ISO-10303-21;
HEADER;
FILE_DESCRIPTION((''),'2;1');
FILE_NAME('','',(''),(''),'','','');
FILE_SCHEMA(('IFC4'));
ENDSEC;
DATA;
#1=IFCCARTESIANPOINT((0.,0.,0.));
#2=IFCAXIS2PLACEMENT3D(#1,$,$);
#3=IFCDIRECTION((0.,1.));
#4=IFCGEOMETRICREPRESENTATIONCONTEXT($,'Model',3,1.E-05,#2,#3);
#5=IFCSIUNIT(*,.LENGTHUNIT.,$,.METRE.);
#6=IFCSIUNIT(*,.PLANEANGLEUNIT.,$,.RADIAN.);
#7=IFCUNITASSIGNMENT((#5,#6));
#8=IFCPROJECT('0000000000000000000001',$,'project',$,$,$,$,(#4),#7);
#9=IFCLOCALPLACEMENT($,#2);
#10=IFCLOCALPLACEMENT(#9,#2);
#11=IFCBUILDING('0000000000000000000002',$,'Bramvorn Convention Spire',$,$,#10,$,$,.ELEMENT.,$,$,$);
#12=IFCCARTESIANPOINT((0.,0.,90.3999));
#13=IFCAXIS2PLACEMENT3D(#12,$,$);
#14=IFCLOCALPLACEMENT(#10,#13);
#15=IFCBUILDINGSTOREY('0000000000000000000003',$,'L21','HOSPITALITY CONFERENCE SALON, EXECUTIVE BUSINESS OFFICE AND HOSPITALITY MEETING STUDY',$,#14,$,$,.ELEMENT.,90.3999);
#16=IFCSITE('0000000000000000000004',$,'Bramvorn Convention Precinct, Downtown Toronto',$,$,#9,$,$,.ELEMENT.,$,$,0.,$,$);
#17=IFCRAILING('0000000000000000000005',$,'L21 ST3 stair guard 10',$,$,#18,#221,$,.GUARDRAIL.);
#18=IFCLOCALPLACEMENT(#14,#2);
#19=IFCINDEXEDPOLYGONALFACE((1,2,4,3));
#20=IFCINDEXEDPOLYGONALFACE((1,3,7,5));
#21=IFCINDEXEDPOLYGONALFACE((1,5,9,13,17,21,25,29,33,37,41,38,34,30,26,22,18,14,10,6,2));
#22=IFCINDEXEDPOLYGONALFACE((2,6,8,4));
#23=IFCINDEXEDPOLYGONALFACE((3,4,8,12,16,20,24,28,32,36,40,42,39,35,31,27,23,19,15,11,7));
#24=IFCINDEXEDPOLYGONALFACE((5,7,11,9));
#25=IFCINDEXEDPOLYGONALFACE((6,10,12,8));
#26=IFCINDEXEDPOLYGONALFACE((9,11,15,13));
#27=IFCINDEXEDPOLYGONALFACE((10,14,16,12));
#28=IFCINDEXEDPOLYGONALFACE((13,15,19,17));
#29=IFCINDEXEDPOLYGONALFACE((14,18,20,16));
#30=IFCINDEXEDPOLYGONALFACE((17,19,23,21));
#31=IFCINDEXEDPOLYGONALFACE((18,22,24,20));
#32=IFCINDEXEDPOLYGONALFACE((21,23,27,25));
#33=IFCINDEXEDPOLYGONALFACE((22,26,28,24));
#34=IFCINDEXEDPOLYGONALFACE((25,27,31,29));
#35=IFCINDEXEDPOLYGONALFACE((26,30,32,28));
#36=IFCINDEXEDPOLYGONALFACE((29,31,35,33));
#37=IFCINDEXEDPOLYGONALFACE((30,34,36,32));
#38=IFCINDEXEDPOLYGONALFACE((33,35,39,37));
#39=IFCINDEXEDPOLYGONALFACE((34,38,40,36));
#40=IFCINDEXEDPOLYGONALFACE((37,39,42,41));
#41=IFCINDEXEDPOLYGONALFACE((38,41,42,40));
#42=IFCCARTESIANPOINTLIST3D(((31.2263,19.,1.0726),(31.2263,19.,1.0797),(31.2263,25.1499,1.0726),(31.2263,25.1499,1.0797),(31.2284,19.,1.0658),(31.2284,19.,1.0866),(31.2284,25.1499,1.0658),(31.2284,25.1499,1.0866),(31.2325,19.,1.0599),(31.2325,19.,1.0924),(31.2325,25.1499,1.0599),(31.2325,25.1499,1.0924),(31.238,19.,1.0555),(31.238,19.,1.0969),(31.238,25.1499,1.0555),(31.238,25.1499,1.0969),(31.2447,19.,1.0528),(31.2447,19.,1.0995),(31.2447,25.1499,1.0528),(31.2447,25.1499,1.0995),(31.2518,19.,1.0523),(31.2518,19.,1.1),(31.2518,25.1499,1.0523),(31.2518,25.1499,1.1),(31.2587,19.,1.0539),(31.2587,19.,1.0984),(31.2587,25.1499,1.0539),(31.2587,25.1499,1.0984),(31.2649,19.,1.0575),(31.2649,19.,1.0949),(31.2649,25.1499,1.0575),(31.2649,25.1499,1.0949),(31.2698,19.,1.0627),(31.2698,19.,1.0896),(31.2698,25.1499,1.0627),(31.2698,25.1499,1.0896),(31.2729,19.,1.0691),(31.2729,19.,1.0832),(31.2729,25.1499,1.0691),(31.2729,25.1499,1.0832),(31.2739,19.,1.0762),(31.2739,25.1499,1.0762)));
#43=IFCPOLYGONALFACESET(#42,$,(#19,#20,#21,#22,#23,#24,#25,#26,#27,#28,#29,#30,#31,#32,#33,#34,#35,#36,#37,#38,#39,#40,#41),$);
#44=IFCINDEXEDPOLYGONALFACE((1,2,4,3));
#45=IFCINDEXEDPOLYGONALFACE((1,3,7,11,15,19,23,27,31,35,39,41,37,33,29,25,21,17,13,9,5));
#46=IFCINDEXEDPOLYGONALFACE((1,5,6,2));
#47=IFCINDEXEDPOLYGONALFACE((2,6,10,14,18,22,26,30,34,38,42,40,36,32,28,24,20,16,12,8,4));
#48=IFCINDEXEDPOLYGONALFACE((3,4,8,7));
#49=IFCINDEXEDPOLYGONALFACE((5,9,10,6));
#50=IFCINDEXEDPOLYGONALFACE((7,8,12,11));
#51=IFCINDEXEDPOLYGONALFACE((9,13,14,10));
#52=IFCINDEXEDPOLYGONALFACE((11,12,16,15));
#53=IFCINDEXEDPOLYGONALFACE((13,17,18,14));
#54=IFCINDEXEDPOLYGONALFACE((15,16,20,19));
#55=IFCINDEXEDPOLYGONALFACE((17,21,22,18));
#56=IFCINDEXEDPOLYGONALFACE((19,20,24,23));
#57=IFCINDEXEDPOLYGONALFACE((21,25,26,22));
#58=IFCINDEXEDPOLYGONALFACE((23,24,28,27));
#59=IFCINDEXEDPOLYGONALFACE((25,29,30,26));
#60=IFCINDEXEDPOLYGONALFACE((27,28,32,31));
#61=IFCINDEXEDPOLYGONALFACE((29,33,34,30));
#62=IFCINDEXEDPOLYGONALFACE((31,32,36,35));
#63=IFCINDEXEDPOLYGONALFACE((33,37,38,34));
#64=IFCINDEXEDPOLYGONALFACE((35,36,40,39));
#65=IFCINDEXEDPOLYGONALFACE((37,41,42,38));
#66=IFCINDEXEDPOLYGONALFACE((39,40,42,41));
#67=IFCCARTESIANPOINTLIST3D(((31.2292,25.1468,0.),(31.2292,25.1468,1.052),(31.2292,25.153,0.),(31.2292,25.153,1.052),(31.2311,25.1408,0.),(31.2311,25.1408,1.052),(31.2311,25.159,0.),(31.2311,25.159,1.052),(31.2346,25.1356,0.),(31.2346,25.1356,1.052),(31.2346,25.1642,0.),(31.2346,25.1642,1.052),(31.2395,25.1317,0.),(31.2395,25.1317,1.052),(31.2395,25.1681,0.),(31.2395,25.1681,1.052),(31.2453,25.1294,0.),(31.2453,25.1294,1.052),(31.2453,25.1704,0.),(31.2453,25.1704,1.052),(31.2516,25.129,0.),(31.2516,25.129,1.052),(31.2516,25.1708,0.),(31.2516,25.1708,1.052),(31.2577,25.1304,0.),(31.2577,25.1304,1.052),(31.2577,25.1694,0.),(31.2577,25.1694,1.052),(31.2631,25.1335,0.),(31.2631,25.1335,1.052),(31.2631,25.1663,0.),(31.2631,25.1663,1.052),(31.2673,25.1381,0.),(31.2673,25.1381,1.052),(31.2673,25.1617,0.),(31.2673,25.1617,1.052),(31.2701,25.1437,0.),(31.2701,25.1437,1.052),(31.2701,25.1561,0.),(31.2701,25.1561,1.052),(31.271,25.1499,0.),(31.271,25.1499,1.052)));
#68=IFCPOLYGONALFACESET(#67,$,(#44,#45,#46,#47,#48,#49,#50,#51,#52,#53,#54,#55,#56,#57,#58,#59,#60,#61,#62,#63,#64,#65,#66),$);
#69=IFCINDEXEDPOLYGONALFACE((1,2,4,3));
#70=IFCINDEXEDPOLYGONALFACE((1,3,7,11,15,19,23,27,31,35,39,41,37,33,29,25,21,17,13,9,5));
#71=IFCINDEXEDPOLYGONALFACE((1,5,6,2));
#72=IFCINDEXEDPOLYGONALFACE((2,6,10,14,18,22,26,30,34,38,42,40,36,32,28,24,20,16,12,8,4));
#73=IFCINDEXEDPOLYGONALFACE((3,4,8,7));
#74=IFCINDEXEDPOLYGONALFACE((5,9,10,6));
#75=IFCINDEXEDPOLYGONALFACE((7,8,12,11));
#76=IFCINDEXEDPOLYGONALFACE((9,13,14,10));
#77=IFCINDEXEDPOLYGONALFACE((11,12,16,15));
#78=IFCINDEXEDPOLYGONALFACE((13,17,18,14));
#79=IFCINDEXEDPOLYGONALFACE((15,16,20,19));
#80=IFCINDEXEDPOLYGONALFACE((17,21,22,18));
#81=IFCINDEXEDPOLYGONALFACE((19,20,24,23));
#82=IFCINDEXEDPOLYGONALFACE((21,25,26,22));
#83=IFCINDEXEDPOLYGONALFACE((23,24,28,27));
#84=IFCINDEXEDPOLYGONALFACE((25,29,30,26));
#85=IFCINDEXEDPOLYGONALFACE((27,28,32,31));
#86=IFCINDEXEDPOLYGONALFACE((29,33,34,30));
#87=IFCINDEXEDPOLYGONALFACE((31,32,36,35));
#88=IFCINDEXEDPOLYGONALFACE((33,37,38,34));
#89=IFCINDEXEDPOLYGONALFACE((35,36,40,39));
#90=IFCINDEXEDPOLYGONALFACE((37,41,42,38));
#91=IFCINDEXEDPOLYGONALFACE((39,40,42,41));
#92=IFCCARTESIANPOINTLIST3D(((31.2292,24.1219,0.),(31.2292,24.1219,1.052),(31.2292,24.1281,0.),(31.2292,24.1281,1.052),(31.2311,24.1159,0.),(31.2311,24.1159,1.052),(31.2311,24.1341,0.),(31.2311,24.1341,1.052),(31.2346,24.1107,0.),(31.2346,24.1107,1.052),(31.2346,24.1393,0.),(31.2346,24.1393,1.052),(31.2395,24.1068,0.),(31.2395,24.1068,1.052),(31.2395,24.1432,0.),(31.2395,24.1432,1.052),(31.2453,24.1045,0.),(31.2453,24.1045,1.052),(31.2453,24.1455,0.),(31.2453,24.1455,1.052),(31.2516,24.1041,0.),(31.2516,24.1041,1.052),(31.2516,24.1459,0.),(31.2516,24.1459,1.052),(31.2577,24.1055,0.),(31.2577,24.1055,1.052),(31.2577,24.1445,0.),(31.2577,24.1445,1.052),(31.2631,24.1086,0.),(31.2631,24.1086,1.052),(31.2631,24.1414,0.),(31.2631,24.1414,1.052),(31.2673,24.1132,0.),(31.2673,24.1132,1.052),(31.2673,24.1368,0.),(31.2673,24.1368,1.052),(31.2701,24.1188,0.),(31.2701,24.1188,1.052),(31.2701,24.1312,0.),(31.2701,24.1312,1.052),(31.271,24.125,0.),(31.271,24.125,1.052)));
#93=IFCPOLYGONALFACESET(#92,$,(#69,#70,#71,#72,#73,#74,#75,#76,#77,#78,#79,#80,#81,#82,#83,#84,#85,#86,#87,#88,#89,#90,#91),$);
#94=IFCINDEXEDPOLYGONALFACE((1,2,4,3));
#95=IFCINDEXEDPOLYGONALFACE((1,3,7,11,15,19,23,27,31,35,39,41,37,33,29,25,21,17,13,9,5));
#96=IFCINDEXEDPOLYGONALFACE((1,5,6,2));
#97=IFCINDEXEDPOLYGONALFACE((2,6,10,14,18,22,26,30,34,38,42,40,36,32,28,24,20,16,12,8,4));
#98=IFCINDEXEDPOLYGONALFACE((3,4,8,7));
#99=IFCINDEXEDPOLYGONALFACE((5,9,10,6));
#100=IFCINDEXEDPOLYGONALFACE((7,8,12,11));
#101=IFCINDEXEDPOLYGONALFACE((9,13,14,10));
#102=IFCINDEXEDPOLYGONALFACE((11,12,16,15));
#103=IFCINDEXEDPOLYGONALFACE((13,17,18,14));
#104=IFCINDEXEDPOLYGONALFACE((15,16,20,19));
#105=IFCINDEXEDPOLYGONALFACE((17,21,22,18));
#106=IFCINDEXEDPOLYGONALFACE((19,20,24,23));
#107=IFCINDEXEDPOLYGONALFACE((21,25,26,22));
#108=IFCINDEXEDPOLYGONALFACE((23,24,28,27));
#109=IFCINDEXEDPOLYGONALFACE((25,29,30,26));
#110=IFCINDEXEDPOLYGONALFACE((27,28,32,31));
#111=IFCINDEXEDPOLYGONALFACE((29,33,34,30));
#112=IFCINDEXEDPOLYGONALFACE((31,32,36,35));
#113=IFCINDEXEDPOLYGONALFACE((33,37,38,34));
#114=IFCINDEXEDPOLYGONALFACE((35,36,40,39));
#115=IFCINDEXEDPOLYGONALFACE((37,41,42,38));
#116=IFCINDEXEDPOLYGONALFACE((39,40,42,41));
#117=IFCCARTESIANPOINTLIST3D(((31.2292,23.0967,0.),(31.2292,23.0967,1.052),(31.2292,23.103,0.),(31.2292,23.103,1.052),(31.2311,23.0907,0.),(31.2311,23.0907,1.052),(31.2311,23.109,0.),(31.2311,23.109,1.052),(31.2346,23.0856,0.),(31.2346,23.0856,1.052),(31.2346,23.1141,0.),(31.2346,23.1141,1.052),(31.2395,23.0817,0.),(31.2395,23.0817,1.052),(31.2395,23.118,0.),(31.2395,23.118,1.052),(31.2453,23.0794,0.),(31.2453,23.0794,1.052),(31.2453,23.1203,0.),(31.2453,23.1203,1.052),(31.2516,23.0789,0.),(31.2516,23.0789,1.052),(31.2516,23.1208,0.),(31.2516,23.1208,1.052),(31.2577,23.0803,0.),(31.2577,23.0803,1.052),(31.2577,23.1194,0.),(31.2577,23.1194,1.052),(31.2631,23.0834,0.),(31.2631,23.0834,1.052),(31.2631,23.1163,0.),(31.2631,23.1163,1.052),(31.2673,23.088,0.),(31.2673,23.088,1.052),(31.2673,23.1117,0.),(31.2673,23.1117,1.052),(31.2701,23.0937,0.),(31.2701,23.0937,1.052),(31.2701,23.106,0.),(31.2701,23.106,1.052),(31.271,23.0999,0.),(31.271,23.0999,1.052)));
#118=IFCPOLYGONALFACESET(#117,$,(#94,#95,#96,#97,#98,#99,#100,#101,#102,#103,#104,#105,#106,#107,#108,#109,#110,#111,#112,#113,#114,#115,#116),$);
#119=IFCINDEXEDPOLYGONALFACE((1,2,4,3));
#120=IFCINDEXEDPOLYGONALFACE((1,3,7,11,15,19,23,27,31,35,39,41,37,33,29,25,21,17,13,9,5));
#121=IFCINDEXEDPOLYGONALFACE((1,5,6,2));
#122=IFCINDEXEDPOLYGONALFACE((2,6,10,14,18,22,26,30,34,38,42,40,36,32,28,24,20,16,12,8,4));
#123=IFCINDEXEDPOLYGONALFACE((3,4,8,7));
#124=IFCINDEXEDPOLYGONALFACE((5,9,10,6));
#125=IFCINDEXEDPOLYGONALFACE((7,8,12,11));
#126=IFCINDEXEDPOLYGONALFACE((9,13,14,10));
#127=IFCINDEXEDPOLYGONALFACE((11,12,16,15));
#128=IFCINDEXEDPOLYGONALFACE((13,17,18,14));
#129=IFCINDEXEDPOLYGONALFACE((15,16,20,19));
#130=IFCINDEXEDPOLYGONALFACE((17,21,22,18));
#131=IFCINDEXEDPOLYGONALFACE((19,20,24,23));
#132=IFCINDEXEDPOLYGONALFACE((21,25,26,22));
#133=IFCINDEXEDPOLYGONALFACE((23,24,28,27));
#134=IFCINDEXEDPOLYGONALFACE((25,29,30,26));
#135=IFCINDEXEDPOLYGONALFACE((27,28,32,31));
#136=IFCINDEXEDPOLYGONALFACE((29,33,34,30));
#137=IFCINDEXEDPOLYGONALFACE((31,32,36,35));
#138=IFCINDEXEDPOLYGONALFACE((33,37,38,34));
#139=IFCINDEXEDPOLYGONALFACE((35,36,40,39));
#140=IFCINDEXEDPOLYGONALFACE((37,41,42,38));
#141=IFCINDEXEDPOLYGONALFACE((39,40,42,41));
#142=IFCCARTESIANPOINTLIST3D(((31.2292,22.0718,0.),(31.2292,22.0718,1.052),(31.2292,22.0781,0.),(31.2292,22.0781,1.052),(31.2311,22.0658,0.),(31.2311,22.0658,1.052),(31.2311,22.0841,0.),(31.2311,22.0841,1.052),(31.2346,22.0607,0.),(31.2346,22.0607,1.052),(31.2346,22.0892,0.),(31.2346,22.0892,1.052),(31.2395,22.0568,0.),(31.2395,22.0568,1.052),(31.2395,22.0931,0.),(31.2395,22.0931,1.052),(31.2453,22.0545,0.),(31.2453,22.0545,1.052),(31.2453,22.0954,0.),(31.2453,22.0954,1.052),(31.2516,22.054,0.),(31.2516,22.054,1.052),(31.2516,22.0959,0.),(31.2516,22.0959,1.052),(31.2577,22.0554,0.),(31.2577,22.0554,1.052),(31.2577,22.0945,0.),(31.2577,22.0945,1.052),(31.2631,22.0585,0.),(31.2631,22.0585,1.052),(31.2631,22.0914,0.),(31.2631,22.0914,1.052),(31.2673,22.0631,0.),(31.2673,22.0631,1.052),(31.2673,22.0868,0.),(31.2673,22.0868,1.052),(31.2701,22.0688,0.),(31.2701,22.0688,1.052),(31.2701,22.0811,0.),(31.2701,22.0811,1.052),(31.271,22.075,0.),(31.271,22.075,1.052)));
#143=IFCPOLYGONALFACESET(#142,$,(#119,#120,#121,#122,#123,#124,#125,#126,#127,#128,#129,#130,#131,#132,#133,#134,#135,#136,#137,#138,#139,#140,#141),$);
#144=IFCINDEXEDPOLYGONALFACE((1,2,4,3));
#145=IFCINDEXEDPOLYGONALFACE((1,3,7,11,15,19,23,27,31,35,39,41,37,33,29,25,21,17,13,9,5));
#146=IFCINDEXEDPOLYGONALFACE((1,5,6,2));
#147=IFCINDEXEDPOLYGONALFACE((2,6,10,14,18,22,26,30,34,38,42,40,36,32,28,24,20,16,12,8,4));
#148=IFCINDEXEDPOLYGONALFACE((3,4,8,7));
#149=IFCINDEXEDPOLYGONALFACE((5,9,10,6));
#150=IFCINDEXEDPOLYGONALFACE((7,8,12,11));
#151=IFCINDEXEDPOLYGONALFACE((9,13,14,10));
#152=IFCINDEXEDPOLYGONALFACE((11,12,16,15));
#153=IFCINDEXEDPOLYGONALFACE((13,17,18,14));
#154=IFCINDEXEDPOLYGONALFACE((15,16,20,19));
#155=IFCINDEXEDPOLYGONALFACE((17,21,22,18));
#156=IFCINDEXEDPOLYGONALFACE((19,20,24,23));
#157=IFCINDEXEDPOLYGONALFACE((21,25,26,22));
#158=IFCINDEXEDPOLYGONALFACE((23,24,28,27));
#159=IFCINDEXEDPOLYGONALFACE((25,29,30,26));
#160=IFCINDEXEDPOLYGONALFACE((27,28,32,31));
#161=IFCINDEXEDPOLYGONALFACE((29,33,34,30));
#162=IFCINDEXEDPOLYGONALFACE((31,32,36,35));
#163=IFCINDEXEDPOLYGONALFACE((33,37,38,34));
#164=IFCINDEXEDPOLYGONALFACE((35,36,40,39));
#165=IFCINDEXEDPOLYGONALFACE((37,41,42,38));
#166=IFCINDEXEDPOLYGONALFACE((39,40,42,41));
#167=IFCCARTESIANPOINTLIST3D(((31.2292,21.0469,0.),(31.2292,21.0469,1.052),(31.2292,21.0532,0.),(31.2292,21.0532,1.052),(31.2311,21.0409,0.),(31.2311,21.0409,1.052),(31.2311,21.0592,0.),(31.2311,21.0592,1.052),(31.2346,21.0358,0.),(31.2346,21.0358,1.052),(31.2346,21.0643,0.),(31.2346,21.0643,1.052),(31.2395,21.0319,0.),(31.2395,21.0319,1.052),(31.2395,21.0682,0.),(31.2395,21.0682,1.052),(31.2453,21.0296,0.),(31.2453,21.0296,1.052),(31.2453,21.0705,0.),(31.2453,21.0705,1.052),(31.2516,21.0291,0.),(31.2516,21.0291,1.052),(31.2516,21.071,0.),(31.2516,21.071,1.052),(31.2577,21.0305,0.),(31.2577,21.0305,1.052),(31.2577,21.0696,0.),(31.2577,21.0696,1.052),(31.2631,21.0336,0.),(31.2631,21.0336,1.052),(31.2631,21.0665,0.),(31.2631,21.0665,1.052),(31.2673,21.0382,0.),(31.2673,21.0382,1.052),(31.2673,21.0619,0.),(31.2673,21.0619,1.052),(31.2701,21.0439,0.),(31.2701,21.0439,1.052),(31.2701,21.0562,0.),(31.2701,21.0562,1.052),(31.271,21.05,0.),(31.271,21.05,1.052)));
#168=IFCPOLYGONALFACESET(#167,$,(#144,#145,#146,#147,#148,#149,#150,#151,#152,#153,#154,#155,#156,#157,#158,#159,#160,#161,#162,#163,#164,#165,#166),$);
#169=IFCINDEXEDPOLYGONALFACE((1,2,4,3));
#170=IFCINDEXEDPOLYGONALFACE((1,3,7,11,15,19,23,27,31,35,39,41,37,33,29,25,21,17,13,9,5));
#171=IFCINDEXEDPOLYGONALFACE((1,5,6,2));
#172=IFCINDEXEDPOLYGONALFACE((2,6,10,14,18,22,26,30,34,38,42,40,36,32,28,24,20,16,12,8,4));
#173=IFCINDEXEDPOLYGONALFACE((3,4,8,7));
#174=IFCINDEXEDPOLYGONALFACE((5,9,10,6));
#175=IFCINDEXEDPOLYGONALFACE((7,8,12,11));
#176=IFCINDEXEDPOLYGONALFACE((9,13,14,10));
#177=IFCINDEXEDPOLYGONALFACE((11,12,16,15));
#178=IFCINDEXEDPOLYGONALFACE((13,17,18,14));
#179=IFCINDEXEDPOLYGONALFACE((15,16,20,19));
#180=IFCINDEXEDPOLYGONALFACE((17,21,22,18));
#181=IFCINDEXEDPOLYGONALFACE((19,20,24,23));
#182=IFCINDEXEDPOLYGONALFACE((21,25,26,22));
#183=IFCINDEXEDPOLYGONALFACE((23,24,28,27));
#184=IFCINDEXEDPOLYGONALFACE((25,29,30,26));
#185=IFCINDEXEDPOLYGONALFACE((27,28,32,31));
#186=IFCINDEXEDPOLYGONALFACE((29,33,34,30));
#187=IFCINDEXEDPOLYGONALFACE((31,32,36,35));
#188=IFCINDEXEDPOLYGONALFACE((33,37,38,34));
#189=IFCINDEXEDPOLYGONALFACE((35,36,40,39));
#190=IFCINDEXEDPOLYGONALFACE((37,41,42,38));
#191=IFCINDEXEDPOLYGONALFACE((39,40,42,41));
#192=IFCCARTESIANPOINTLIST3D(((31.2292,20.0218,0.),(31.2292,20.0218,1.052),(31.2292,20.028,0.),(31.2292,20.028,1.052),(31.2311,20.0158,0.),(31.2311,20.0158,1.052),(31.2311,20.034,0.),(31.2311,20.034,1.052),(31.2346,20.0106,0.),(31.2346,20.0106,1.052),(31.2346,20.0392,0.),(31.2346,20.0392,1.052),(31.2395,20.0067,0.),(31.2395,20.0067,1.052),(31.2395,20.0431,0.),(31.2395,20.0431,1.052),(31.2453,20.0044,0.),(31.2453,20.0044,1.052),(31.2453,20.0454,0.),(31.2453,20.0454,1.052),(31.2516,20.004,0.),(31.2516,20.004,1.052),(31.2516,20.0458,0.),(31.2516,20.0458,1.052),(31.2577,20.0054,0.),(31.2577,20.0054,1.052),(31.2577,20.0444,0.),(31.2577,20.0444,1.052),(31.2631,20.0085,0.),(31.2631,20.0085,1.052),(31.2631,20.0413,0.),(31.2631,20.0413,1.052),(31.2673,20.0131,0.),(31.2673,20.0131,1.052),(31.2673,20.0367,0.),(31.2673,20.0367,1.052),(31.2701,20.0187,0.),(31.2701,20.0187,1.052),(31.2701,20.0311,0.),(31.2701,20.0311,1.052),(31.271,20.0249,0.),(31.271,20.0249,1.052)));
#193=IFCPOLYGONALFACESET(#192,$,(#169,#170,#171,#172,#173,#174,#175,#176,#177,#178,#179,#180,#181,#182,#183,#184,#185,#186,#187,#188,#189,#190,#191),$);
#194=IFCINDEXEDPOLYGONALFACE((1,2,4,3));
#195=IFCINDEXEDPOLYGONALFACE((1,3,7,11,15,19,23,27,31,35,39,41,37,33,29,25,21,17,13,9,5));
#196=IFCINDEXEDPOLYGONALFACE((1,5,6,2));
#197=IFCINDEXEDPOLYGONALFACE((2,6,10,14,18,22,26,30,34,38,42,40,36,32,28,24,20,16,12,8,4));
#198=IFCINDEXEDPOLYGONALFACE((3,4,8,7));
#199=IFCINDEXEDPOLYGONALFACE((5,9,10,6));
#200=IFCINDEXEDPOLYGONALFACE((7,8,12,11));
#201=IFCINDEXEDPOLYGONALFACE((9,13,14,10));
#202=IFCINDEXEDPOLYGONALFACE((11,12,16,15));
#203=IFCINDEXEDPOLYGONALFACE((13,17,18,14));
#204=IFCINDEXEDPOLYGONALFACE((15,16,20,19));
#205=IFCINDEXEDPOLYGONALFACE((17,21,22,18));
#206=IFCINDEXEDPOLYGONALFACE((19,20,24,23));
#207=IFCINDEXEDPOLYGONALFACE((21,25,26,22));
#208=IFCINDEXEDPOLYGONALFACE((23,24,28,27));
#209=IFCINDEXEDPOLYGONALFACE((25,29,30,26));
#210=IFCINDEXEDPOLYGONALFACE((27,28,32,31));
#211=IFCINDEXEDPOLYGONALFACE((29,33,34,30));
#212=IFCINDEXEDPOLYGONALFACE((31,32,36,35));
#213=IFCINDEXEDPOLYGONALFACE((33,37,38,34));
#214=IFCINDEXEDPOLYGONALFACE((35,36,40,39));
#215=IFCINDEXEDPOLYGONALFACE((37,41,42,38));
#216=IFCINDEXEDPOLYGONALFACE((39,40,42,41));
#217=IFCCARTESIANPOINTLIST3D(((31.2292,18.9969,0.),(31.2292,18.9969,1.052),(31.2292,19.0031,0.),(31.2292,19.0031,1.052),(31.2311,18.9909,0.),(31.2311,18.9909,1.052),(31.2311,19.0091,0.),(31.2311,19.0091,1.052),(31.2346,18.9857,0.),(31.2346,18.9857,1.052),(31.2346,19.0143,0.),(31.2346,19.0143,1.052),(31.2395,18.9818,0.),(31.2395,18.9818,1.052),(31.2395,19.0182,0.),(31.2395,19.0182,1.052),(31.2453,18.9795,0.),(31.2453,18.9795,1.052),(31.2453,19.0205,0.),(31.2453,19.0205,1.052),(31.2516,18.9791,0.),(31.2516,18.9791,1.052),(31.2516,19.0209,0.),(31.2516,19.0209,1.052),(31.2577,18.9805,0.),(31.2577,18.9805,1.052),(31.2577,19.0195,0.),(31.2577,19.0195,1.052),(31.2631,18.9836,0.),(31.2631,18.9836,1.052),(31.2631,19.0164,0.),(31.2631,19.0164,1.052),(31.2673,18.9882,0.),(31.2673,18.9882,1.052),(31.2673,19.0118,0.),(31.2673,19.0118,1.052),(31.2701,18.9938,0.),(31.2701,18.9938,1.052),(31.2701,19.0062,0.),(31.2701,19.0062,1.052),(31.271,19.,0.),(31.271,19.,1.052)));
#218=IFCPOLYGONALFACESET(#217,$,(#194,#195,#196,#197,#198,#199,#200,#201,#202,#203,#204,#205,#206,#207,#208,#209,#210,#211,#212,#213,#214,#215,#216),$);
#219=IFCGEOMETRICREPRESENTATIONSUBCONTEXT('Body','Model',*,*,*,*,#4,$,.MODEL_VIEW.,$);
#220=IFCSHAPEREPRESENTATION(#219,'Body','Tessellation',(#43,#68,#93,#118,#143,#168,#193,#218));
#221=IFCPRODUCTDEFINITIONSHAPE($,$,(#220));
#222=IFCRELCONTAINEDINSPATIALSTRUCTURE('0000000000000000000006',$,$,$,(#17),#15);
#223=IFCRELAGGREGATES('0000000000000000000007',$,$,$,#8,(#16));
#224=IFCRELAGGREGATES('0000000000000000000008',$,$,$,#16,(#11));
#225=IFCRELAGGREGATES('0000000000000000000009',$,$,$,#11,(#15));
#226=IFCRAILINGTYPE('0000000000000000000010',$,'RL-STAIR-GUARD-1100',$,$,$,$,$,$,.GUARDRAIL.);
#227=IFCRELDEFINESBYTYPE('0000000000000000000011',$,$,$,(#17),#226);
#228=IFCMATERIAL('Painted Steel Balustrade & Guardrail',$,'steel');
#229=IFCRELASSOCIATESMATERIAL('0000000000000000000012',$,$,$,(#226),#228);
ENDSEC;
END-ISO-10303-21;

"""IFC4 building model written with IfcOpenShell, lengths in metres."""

from ifc_helpers import new_model, si_unit, direction, frame, origin, origin_2d, place, context, subcontext, project, spatial, circle, extrude, material, type_object, element, save


model = new_model("IFC4")

# Units and contexts
model_context = context("Model", 3, precision=1e-05, world=origin(), true_north=direction((0.0, 1.0)))
body_context = subcontext(model_context, "Body", "Model", "MODEL_VIEW")
ifc_project = project(units=[si_unit("LENGTHUNIT", "METRE"), si_unit("PLANEANGLEUNIT", "RADIAN")], contexts=[model_context])

# Site, building, storey
site_placement = place(None, origin())
site = spatial("IfcSite", under=ifc_project, at=site_placement, Name="Bramvorn Convention Precinct, Downtown Toronto", CompositionType="ELEMENT", RefElevation=0.0)
building_placement = place(site_placement, origin())
building = spatial("IfcBuilding", under=site, at=building_placement, Name="Bramvorn Convention Spire", CompositionType="ELEMENT")
storey_placement = place(building_placement, frame((0.0, 0.0, 90.3999)))
storey = spatial("IfcBuildingStorey", under=building, at=storey_placement, Name="L21", Description="HOSPITALITY CONFERENCE SALON, EXECUTIVE BUSINESS OFFICE AND HOSPITALITY MEETING STUDY", CompositionType="ELEMENT", Elevation=90.3999)

# Railing
ifc_material_1 = material(Name="Painted Steel Balustrade & Guardrail", Category="steel")
railing_type_1 = type_object("IfcRailingType", Name="RL-STAIR-GUARD-1100", PredefinedType="GUARDRAIL", material=ifc_material_1)
railing_1_placement = place(storey_placement, frame((31.25, 25.1499, 0.0)))
element("IfcRailing", 1, at=railing_1_placement, inside=storey, type_object=railing_type_1, Name="L21 ST3 stair guard 10", PredefinedType="GUARDRAIL", context=body_context, shape_type="SweptSolid", body=[
    extrude(circle(Radius=0.0239, at=origin_2d()), frame((0.0, 0.0, 1.0762), z_axis=(0.0, -1.0, 0.0), x_axis=(1.0, 0.0, 0.0)), (0.0, 0.0, 1.0), 6.1499),
    extrude(circle(Radius=0.021, at=origin_2d()), origin(), (0.0, 0.0, 1.0), 1.052),
    extrude(circle(Radius=0.021, at=origin_2d()), frame((0.0, -1.0249, 0.0)), (0.0, 0.0, 1.0), 1.052),
    extrude(circle(Radius=0.021, at=origin_2d()), frame((0.0, -2.05, 0.0)), (0.0, 0.0, 1.0), 1.052),
    extrude(circle(Radius=0.021, at=origin_2d()), frame((0.0, -3.075, 0.0)), (0.0, 0.0, 1.0), 1.052),
    extrude(circle(Radius=0.021, at=origin_2d()), frame((0.0, -4.0999, 0.0)), (0.0, 0.0, 1.0), 1.052),
    extrude(circle(Radius=0.021, at=origin_2d()), frame((0.0, -5.125, 0.0)), (0.0, 0.0, 1.0), 1.052),
    extrude(circle(Radius=0.021, at=origin_2d()), frame((0.0, -6.1499, 0.0)), (0.0, 0.0, 1.0), 1.052),
])

save(model, "model.ifc")
